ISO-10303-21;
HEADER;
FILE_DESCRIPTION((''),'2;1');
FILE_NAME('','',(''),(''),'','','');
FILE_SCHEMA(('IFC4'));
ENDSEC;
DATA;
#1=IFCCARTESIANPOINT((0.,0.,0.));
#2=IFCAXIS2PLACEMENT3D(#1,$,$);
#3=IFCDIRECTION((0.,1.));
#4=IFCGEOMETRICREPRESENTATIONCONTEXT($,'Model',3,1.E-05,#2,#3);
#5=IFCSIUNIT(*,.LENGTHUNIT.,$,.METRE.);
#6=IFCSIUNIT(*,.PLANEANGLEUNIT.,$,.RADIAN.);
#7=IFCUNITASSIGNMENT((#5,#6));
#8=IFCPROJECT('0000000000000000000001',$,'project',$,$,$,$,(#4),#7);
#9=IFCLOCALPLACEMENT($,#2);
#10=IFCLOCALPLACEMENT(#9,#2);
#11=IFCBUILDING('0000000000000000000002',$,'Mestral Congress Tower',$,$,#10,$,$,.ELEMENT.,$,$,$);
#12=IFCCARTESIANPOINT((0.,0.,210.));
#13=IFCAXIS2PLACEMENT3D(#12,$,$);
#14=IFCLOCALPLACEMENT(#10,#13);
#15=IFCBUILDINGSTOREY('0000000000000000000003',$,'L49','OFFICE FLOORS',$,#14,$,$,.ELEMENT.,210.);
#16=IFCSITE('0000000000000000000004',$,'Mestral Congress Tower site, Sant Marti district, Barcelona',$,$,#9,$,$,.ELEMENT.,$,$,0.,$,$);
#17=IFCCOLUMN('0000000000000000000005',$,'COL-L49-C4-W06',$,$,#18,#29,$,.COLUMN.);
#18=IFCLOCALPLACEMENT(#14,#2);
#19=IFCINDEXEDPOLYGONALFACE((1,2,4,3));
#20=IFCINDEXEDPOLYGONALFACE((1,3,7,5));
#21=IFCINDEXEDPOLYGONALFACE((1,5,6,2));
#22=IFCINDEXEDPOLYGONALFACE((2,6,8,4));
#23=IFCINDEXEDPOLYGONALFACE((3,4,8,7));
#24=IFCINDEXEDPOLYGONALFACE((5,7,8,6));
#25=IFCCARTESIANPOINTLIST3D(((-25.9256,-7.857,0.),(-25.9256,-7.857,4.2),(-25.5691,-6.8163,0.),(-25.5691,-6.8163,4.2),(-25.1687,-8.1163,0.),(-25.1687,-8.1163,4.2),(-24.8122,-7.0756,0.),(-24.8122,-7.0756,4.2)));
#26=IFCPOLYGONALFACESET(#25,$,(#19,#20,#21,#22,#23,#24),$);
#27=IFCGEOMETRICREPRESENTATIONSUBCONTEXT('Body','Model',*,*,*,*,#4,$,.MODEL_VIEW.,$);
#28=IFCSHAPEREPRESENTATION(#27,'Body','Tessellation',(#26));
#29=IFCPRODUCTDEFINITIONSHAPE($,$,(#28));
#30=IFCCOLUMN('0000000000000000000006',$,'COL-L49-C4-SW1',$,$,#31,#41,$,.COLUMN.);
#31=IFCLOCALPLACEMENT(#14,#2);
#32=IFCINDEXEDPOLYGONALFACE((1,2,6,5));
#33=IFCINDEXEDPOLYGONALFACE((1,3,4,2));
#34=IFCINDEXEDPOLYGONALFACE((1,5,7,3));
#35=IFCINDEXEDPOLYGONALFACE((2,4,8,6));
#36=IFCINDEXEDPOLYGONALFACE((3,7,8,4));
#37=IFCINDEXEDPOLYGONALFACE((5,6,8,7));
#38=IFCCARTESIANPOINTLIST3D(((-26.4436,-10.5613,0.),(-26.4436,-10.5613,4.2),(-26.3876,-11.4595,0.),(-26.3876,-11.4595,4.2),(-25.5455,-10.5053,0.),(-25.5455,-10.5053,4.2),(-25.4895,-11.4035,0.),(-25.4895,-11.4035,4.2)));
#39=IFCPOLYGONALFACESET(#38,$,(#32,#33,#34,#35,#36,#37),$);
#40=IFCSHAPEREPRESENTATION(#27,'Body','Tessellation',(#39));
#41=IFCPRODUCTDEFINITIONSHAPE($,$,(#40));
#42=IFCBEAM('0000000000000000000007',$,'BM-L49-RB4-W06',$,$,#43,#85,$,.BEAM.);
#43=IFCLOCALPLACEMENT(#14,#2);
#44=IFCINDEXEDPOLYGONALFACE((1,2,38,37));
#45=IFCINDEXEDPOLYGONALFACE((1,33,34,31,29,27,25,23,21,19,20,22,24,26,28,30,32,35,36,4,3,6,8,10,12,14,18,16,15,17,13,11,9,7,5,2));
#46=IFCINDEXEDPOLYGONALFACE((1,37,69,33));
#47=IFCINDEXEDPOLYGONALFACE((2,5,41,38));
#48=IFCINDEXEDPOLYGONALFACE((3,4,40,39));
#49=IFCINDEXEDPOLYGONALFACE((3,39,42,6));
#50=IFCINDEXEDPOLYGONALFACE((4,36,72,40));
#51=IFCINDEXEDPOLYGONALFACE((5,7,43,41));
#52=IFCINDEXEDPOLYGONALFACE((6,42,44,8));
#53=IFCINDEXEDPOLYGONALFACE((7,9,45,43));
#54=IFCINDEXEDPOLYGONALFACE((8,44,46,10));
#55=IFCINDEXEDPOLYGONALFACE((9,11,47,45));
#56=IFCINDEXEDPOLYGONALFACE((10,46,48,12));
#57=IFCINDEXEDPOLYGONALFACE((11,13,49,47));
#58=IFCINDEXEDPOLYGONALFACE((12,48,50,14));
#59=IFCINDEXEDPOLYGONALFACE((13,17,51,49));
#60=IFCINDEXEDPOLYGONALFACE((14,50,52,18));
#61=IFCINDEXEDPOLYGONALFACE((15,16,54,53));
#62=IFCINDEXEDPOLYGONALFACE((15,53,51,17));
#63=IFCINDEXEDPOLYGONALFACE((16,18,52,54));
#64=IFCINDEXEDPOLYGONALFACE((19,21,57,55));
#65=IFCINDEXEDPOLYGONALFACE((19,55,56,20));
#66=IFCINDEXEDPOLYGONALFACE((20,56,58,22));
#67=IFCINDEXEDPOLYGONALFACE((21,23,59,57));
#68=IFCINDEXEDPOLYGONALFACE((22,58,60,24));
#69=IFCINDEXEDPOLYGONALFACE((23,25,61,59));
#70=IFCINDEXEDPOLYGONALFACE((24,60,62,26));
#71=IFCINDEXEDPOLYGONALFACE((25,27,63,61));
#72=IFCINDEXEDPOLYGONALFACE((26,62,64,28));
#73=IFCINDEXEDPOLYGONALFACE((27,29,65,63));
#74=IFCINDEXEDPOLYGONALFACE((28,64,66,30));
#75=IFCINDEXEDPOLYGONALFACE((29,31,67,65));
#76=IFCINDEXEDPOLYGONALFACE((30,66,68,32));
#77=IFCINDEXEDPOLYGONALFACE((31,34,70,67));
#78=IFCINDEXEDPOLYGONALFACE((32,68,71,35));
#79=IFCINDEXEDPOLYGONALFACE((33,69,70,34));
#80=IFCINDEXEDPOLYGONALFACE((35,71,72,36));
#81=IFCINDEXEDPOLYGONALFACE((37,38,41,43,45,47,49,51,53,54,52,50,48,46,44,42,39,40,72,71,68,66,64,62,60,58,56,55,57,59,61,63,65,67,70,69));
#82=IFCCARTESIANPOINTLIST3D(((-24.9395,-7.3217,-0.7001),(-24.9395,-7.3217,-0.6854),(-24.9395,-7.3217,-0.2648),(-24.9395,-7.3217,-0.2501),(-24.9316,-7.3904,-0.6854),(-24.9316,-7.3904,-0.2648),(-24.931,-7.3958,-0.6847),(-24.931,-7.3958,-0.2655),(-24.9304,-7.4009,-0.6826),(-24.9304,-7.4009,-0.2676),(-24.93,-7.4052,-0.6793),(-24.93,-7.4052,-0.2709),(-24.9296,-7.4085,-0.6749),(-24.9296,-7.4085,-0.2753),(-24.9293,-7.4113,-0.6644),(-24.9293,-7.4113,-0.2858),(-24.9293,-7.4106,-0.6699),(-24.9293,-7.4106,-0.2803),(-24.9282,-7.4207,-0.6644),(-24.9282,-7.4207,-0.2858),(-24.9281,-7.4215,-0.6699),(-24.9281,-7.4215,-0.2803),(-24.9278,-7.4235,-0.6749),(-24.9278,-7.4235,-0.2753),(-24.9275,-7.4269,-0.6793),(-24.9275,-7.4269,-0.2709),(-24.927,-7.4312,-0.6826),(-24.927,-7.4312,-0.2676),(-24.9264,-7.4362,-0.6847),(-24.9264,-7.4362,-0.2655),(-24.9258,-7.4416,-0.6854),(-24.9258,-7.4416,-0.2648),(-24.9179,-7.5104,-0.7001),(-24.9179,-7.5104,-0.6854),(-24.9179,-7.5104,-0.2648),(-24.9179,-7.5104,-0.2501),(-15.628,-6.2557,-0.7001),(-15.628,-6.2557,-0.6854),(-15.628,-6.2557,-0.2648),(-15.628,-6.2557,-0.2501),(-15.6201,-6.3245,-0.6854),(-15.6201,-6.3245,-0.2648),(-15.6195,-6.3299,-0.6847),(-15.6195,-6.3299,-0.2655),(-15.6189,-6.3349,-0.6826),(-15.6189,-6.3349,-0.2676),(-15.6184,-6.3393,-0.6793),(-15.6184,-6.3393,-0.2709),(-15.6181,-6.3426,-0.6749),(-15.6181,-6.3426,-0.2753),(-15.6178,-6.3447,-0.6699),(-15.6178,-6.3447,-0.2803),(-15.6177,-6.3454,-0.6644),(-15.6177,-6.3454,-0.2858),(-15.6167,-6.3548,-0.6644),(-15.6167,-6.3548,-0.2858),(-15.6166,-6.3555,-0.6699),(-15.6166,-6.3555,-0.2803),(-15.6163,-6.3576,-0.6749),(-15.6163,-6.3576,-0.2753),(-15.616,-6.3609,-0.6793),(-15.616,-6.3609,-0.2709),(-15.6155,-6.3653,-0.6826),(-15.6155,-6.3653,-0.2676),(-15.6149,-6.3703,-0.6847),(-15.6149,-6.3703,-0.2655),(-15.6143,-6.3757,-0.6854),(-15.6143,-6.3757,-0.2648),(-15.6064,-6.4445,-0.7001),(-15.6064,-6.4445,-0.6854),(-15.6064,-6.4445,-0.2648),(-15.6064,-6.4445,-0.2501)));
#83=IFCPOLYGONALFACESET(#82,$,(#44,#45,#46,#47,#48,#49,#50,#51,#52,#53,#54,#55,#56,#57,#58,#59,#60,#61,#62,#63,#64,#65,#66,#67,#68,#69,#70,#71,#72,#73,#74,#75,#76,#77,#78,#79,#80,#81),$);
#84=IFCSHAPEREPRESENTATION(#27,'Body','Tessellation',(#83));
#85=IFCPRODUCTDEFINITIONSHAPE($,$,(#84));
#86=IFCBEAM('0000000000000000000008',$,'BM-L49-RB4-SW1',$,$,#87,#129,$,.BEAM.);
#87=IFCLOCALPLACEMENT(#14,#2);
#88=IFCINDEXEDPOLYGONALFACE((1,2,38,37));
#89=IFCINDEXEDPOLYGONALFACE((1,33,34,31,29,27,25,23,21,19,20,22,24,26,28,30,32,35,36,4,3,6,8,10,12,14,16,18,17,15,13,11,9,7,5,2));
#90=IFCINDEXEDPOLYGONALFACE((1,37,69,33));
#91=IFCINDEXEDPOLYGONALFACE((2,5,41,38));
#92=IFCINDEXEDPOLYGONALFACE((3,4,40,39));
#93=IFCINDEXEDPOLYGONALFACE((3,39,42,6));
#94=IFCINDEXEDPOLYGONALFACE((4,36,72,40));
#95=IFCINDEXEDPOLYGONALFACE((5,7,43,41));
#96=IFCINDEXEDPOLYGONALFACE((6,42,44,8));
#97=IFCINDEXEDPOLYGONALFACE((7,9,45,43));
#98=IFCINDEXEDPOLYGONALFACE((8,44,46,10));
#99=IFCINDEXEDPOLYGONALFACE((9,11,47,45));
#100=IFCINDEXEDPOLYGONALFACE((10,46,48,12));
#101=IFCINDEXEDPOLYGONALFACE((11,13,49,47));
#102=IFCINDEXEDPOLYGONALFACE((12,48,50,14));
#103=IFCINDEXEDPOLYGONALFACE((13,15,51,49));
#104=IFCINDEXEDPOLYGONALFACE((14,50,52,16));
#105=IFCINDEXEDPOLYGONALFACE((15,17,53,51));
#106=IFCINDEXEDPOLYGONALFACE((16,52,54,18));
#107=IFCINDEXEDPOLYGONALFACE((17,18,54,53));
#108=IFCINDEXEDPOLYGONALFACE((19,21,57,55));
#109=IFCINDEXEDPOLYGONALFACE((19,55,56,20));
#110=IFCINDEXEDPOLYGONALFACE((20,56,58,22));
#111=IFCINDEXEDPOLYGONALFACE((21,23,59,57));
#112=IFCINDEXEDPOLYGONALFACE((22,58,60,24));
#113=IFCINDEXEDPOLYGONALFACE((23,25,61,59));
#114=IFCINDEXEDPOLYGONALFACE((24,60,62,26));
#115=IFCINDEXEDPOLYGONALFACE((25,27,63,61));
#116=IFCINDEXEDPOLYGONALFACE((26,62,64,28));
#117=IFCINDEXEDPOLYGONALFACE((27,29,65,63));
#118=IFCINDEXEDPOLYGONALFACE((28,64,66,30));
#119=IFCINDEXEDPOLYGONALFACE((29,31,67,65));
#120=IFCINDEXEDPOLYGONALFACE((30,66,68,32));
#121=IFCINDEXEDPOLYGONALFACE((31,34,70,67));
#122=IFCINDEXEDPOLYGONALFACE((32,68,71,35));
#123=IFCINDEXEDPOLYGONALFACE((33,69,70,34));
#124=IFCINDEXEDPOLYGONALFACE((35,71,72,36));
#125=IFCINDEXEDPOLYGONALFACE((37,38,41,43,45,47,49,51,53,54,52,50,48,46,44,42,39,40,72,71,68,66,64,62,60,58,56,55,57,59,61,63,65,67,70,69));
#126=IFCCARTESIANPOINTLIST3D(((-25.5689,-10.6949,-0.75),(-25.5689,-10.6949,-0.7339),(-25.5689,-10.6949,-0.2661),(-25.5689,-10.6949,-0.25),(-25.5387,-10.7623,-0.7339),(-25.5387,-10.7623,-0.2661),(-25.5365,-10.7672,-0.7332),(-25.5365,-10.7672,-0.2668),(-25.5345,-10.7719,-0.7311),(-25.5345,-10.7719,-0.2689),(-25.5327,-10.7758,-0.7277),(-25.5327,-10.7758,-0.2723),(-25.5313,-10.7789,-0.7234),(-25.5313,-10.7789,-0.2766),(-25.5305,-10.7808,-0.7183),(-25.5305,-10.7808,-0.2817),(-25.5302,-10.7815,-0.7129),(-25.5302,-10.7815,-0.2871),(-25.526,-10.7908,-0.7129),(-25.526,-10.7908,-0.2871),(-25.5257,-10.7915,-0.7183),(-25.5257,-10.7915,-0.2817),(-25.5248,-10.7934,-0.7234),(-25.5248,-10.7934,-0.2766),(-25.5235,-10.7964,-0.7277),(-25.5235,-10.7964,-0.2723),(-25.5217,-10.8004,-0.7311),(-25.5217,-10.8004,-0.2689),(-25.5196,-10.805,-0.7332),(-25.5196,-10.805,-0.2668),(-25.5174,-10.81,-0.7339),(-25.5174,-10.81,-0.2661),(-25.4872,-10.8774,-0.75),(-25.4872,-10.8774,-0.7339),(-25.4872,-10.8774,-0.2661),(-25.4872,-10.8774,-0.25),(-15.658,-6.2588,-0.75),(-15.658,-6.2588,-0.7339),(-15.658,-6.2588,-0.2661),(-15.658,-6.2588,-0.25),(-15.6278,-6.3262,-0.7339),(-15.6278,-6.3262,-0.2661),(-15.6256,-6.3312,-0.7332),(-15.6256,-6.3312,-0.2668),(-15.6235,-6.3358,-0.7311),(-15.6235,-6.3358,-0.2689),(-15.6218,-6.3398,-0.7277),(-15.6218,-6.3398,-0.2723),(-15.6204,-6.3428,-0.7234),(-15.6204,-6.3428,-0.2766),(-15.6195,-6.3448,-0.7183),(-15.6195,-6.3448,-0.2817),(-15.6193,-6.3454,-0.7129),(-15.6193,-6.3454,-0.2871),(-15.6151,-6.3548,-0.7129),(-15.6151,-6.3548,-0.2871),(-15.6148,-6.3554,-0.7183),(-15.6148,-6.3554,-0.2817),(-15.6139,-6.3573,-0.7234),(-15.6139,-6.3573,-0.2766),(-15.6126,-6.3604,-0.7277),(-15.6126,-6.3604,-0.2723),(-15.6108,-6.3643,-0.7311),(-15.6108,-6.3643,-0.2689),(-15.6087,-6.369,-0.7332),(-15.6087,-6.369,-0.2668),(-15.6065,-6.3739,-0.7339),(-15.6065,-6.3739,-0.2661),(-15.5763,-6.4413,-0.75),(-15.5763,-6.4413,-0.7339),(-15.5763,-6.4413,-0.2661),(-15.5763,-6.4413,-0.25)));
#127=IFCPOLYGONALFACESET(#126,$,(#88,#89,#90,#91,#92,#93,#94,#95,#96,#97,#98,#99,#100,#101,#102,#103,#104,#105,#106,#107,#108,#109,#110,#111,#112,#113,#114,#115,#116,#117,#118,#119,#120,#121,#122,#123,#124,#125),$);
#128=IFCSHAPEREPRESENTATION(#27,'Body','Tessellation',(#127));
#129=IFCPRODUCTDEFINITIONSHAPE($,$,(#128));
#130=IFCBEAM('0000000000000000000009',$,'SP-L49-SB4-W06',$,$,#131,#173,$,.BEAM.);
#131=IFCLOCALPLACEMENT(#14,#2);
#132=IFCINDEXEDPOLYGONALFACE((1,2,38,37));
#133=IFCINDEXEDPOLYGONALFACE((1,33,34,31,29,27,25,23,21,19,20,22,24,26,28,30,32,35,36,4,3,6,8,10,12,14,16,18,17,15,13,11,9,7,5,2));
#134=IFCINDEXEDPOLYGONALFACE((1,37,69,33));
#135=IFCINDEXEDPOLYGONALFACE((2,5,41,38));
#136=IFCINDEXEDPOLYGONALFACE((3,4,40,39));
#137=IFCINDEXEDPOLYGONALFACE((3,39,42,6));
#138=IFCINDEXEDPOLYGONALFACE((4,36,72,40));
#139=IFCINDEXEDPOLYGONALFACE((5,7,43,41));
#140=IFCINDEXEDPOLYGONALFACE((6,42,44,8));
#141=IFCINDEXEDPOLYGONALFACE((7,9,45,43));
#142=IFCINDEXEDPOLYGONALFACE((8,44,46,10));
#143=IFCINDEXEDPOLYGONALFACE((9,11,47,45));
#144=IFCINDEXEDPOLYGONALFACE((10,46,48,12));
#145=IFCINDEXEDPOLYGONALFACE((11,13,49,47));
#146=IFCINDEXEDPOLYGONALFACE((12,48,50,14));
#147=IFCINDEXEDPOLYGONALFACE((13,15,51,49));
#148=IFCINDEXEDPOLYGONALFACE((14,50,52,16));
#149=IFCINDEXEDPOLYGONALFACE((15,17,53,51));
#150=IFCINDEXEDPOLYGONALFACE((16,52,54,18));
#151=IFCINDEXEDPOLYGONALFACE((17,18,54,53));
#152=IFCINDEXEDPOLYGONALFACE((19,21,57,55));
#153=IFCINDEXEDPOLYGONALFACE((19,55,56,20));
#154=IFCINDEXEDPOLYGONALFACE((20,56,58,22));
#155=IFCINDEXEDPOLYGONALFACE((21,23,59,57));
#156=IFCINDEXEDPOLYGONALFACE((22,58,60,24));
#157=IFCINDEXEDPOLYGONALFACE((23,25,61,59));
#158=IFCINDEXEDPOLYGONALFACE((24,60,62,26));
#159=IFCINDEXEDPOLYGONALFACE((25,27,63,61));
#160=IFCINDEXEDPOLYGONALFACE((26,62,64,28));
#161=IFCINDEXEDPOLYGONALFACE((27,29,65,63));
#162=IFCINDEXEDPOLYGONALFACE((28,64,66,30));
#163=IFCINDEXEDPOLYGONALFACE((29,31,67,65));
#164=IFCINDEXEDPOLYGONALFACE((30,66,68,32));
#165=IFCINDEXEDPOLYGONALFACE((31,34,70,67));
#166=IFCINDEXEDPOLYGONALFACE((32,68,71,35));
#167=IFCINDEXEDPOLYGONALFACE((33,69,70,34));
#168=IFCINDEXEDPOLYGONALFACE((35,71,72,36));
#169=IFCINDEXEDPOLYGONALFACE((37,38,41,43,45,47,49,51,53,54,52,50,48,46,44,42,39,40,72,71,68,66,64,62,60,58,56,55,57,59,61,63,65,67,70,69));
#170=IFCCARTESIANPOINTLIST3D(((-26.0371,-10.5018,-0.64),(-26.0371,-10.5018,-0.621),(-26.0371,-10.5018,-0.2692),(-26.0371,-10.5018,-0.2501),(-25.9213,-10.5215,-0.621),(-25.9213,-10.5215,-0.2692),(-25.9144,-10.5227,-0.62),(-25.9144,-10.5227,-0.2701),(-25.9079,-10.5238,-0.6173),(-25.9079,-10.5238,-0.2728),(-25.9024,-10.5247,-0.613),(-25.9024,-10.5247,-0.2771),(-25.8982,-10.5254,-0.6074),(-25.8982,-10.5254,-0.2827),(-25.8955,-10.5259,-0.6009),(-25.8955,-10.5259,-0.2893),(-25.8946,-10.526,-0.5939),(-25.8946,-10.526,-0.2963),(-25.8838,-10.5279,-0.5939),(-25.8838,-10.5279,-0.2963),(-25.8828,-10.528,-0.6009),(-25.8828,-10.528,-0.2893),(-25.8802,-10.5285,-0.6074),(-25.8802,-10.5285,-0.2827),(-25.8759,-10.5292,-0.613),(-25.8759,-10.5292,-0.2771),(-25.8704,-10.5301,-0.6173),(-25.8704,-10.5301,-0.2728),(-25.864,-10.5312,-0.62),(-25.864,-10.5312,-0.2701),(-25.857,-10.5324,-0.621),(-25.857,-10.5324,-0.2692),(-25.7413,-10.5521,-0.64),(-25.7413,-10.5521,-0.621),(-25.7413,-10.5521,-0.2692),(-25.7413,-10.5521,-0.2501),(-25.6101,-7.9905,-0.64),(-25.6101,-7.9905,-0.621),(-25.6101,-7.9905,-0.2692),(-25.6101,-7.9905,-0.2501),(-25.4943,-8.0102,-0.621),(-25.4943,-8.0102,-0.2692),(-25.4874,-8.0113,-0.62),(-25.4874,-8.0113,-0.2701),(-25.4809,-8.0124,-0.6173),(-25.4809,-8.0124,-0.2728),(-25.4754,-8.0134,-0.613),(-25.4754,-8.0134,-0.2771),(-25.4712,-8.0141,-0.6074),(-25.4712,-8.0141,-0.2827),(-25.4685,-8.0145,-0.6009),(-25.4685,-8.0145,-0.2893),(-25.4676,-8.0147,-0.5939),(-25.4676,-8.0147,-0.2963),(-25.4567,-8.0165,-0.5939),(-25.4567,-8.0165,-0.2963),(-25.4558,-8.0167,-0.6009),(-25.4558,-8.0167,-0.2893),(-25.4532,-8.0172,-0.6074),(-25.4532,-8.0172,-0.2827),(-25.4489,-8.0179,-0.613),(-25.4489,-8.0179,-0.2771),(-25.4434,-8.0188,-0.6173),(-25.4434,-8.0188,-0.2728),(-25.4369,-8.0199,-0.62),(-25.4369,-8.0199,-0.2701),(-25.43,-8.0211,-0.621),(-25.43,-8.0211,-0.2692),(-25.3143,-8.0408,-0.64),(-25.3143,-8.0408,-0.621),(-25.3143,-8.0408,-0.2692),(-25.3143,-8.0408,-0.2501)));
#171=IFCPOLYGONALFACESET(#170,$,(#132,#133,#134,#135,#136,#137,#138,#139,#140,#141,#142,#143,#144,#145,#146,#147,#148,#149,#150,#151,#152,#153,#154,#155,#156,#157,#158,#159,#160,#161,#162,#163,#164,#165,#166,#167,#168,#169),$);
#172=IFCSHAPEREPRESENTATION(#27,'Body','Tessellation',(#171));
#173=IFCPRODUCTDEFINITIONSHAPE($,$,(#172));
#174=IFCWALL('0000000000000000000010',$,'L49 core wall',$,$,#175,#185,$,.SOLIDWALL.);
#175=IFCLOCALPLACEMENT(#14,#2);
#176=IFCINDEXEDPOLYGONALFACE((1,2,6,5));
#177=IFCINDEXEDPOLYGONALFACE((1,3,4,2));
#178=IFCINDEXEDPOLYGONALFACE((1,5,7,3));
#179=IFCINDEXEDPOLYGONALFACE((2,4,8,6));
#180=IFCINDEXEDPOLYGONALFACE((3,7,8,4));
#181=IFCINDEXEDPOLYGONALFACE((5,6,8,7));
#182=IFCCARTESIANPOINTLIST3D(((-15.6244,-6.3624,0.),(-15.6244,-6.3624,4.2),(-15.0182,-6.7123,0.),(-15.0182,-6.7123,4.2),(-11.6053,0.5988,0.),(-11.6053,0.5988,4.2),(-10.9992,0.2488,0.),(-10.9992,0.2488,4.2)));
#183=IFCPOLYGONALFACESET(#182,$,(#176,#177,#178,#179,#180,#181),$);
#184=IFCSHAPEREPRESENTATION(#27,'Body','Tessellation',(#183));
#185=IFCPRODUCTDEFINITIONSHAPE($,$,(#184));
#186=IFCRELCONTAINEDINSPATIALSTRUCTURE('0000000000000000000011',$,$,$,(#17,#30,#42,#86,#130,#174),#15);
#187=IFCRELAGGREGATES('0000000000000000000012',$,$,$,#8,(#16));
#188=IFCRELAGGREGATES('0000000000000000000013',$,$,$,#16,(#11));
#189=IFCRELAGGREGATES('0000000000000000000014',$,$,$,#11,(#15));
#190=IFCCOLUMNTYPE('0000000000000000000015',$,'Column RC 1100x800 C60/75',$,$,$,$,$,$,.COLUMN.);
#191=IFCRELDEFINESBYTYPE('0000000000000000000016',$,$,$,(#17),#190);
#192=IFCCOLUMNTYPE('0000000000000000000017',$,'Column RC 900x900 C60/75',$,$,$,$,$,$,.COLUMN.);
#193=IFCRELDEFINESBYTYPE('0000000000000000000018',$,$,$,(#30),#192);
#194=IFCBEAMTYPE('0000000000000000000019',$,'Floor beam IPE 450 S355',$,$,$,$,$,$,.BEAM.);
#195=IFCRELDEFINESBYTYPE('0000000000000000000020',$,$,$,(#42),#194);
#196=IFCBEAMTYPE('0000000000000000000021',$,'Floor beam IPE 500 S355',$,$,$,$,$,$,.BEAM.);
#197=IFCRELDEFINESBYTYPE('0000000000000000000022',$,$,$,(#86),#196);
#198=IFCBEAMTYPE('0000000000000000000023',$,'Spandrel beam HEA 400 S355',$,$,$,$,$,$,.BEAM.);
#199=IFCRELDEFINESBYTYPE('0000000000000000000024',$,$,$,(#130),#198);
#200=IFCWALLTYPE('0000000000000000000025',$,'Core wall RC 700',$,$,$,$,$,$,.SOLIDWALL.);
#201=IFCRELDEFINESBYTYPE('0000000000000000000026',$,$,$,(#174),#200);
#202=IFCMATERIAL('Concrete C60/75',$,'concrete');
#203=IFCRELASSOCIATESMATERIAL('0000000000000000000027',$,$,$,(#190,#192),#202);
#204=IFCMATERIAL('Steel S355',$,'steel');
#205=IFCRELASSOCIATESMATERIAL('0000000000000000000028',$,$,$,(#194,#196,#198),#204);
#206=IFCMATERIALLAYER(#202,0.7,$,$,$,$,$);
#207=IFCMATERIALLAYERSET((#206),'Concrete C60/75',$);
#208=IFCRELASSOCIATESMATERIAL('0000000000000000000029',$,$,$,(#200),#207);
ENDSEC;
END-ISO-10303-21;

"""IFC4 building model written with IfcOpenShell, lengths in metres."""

from ifc_helpers import new_model, si_unit, direction, frame, frame_2d, origin, origin_2d, place, context, subcontext, project, spatial, rectangle, i_section, extrude, material, layer, layer_set, material_profile, profile_set, type_object, element, save


model = new_model("IFC4")

# Units and contexts
model_context = context("Model", 3, precision=1e-05, world=origin(), true_north=direction((0.0, 1.0)))
body_context = subcontext(model_context, "Body", "Model", "MODEL_VIEW")
ifc_project = project(units=[si_unit("LENGTHUNIT", "METRE"), si_unit("PLANEANGLEUNIT", "RADIAN")], contexts=[model_context])

# Site, building, storey
site_placement = place(None, origin())
site = spatial("IfcSite", under=ifc_project, at=site_placement, Name="Mestral Congress Tower site, Sant Marti district, Barcelona", CompositionType="ELEMENT", RefElevation=0.0)
building_placement = place(site_placement, origin())
building = spatial("IfcBuilding", under=site, at=building_placement, Name="Mestral Congress Tower", CompositionType="ELEMENT")
storey_placement = place(building_placement, frame((0.0, 0.0, 210.0)))
storey = spatial("IfcBuildingStorey", under=building, at=storey_placement, Name="L49", Description="OFFICE FLOORS", CompositionType="ELEMENT", Elevation=210.0)

# Columns
ifc_material_1 = material(Name="Concrete C60/75", Category="concrete")
ifc_material_profile_1 = material_profile(ifc_material_1, rectangle(XDim=1.1001, YDim=0.8, at=origin_2d()), Name="RC 1100x800")
ifc_profile_set_1 = profile_set([ifc_material_profile_1], Name="Concrete C60/75")
column_type_1 = type_object("IfcColumnType", Name="Column RC 1100x800 C60/75", PredefinedType="COLUMN", material=ifc_profile_set_1)
column_1_placement = place(storey_placement, frame((-25.3689, -7.4663, 0.0), z_axis=(0.0, 0.0, 1.0), x_axis=(-0.324074, -0.946032, 0.0)))
element("IfcColumn", 1, at=column_1_placement, inside=storey, type_object=column_type_1, Name="COL-L49-C4-W06", PredefinedType="COLUMN", context=body_context, shape_type="SweptSolid", body=[
    extrude(rectangle(XDim=1.1001, YDim=0.8, at=origin_2d()), origin(), (0.0, 0.0, 1.0), 4.2),
])
ifc_material_profile_2 = material_profile(ifc_material_1, rectangle(XDim=0.8999, YDim=0.8999, at=origin_2d()), Name="RC 900x900")
ifc_profile_set_2 = profile_set([ifc_material_profile_2], Name="Concrete C60/75")
column_type_2 = type_object("IfcColumnType", Name="Column RC 900x900 C60/75", PredefinedType="COLUMN", material=ifc_profile_set_2)
column_2_placement = place(storey_placement, frame((-25.9666, -10.9824, 0.0), z_axis=(0.0, 0.0, 1.0), x_axis=(0.062217, -0.998063, 0.0)))
element("IfcColumn", 2, at=column_2_placement, inside=storey, type_object=column_type_2, Name="COL-L49-C4-SW1", PredefinedType="COLUMN", context=body_context, shape_type="SweptSolid", body=[
    extrude(rectangle(XDim=0.8999, YDim=0.8999, at=origin_2d()), origin(), (0.0, 0.0, 1.0), 4.2),
])

# Beams
ifc_material_2 = material(Name="Steel S355", Category="steel")
ifc_material_profile_3 = material_profile(ifc_material_2, i_section(OverallWidth=0.1899, OverallDepth=0.45, WebThickness=0.0095, FlangeThickness=0.0146, FilletRadius=0.021, at=origin_2d()), Name="IPE 450")
ifc_profile_set_3 = profile_set([ifc_material_profile_3], Name="Steel S355")
beam_type_1 = type_object("IfcBeamType", Name="Floor beam IPE 450 S355", PredefinedType="BEAM", material=ifc_profile_set_3)
beam_1_placement = place(storey_placement, frame((-24.9287, -7.416, -0.4751), z_axis=(0.993512, 0.11373, 0.0), x_axis=(-0.11373, 0.993512, 0.0)))
element("IfcBeam", 3, at=beam_1_placement, inside=storey, type_object=beam_type_1, Name="BM-L49-RB4-W06", PredefinedType="BEAM", context=body_context, shape_type="SweptSolid", body=[
    extrude(i_section(OverallWidth=0.1899, OverallDepth=0.45, WebThickness=0.0095, FlangeThickness=0.0146, FilletRadius=0.021, at=origin_2d()), origin(), (0.0, 0.0, 1.0), 9.3723),
])
ifc_material_profile_4 = material_profile(ifc_material_2, i_section(OverallWidth=0.2, OverallDepth=0.5, WebThickness=0.0103, FlangeThickness=0.0161, FilletRadius=0.021, at=origin_2d()), Name="IPE 500")
ifc_profile_set_4 = profile_set([ifc_material_profile_4], Name="Steel S355")
beam_type_2 = type_object("IfcBeamType", Name="Floor beam IPE 500 S355", PredefinedType="BEAM", material=ifc_profile_set_4)
beam_2_placement = place(storey_placement, frame((-25.5281, -10.7861, -0.5), z_axis=(0.912742, 0.408536, 0.0), x_axis=(-0.408536, 0.912742, 0.0)))
element("IfcBeam", 4, at=beam_2_placement, inside=storey, type_object=beam_type_2, Name="BM-L49-RB4-SW1", PredefinedType="BEAM", context=body_context, shape_type="SweptSolid", body=[
    extrude(i_section(OverallWidth=0.2, OverallDepth=0.5, WebThickness=0.0103, FlangeThickness=0.0161, FilletRadius=0.021, at=origin_2d()), origin(), (0.0, 0.0, 1.0), 10.8584),
])
ifc_material_profile_5 = material_profile(ifc_material_2, i_section(OverallWidth=0.3, OverallDepth=0.3899, WebThickness=0.011, FlangeThickness=0.019, FilletRadius=0.0271, at=origin_2d()), Name="HEA 400")
ifc_profile_set_5 = profile_set([ifc_material_profile_5], Name="Steel S355")
beam_type_3 = type_object("IfcBeamType", Name="Spandrel beam HEA 400 S355", PredefinedType="BEAM", material=ifc_profile_set_5)
beam_3_placement = place(storey_placement, frame((-25.4622, -8.0156, -0.4451), z_axis=(-0.167631, -0.98585, 0.0), x_axis=(0.98585, -0.167631, 0.0)))
element("IfcBeam", 5, at=beam_3_placement, inside=storey, type_object=beam_type_3, Name="SP-L49-SB4-W06", PredefinedType="BEAM", context=body_context, shape_type="SweptSolid", body=[
    extrude(i_section(OverallWidth=0.3, OverallDepth=0.3899, WebThickness=0.011, FlangeThickness=0.019, FilletRadius=0.0271, at=origin_2d()), origin(), (0.0, 0.0, 1.0), 2.5474),
])

# Wall
ifc_layer_1 = layer(ifc_material_1, 0.7)
ifc_layer_set_1 = layer_set([ifc_layer_1], Name="Concrete C60/75")
wall_type_1 = type_object("IfcWallType", Name="Core wall RC 700", PredefinedType="SOLIDWALL", material=ifc_layer_set_1)
wall_1_placement = place(storey_placement, frame((-15.3213, -6.5374, 0.0), z_axis=(0.0, 0.0, 1.0), x_axis=(0.5, 0.866025, 0.0)))
element("IfcWall", 6, at=wall_1_placement, inside=storey, type_object=wall_type_1, Name="L49 core wall", PredefinedType="SOLIDWALL", context=body_context, shape_type="SweptSolid", body=[
    extrude(rectangle(XDim=8.0381, YDim=0.7, at=frame_2d((4.019, 0.0))), origin(), (0.0, 0.0, 1.0), 4.2),
])

save(model, "model.ifc")
